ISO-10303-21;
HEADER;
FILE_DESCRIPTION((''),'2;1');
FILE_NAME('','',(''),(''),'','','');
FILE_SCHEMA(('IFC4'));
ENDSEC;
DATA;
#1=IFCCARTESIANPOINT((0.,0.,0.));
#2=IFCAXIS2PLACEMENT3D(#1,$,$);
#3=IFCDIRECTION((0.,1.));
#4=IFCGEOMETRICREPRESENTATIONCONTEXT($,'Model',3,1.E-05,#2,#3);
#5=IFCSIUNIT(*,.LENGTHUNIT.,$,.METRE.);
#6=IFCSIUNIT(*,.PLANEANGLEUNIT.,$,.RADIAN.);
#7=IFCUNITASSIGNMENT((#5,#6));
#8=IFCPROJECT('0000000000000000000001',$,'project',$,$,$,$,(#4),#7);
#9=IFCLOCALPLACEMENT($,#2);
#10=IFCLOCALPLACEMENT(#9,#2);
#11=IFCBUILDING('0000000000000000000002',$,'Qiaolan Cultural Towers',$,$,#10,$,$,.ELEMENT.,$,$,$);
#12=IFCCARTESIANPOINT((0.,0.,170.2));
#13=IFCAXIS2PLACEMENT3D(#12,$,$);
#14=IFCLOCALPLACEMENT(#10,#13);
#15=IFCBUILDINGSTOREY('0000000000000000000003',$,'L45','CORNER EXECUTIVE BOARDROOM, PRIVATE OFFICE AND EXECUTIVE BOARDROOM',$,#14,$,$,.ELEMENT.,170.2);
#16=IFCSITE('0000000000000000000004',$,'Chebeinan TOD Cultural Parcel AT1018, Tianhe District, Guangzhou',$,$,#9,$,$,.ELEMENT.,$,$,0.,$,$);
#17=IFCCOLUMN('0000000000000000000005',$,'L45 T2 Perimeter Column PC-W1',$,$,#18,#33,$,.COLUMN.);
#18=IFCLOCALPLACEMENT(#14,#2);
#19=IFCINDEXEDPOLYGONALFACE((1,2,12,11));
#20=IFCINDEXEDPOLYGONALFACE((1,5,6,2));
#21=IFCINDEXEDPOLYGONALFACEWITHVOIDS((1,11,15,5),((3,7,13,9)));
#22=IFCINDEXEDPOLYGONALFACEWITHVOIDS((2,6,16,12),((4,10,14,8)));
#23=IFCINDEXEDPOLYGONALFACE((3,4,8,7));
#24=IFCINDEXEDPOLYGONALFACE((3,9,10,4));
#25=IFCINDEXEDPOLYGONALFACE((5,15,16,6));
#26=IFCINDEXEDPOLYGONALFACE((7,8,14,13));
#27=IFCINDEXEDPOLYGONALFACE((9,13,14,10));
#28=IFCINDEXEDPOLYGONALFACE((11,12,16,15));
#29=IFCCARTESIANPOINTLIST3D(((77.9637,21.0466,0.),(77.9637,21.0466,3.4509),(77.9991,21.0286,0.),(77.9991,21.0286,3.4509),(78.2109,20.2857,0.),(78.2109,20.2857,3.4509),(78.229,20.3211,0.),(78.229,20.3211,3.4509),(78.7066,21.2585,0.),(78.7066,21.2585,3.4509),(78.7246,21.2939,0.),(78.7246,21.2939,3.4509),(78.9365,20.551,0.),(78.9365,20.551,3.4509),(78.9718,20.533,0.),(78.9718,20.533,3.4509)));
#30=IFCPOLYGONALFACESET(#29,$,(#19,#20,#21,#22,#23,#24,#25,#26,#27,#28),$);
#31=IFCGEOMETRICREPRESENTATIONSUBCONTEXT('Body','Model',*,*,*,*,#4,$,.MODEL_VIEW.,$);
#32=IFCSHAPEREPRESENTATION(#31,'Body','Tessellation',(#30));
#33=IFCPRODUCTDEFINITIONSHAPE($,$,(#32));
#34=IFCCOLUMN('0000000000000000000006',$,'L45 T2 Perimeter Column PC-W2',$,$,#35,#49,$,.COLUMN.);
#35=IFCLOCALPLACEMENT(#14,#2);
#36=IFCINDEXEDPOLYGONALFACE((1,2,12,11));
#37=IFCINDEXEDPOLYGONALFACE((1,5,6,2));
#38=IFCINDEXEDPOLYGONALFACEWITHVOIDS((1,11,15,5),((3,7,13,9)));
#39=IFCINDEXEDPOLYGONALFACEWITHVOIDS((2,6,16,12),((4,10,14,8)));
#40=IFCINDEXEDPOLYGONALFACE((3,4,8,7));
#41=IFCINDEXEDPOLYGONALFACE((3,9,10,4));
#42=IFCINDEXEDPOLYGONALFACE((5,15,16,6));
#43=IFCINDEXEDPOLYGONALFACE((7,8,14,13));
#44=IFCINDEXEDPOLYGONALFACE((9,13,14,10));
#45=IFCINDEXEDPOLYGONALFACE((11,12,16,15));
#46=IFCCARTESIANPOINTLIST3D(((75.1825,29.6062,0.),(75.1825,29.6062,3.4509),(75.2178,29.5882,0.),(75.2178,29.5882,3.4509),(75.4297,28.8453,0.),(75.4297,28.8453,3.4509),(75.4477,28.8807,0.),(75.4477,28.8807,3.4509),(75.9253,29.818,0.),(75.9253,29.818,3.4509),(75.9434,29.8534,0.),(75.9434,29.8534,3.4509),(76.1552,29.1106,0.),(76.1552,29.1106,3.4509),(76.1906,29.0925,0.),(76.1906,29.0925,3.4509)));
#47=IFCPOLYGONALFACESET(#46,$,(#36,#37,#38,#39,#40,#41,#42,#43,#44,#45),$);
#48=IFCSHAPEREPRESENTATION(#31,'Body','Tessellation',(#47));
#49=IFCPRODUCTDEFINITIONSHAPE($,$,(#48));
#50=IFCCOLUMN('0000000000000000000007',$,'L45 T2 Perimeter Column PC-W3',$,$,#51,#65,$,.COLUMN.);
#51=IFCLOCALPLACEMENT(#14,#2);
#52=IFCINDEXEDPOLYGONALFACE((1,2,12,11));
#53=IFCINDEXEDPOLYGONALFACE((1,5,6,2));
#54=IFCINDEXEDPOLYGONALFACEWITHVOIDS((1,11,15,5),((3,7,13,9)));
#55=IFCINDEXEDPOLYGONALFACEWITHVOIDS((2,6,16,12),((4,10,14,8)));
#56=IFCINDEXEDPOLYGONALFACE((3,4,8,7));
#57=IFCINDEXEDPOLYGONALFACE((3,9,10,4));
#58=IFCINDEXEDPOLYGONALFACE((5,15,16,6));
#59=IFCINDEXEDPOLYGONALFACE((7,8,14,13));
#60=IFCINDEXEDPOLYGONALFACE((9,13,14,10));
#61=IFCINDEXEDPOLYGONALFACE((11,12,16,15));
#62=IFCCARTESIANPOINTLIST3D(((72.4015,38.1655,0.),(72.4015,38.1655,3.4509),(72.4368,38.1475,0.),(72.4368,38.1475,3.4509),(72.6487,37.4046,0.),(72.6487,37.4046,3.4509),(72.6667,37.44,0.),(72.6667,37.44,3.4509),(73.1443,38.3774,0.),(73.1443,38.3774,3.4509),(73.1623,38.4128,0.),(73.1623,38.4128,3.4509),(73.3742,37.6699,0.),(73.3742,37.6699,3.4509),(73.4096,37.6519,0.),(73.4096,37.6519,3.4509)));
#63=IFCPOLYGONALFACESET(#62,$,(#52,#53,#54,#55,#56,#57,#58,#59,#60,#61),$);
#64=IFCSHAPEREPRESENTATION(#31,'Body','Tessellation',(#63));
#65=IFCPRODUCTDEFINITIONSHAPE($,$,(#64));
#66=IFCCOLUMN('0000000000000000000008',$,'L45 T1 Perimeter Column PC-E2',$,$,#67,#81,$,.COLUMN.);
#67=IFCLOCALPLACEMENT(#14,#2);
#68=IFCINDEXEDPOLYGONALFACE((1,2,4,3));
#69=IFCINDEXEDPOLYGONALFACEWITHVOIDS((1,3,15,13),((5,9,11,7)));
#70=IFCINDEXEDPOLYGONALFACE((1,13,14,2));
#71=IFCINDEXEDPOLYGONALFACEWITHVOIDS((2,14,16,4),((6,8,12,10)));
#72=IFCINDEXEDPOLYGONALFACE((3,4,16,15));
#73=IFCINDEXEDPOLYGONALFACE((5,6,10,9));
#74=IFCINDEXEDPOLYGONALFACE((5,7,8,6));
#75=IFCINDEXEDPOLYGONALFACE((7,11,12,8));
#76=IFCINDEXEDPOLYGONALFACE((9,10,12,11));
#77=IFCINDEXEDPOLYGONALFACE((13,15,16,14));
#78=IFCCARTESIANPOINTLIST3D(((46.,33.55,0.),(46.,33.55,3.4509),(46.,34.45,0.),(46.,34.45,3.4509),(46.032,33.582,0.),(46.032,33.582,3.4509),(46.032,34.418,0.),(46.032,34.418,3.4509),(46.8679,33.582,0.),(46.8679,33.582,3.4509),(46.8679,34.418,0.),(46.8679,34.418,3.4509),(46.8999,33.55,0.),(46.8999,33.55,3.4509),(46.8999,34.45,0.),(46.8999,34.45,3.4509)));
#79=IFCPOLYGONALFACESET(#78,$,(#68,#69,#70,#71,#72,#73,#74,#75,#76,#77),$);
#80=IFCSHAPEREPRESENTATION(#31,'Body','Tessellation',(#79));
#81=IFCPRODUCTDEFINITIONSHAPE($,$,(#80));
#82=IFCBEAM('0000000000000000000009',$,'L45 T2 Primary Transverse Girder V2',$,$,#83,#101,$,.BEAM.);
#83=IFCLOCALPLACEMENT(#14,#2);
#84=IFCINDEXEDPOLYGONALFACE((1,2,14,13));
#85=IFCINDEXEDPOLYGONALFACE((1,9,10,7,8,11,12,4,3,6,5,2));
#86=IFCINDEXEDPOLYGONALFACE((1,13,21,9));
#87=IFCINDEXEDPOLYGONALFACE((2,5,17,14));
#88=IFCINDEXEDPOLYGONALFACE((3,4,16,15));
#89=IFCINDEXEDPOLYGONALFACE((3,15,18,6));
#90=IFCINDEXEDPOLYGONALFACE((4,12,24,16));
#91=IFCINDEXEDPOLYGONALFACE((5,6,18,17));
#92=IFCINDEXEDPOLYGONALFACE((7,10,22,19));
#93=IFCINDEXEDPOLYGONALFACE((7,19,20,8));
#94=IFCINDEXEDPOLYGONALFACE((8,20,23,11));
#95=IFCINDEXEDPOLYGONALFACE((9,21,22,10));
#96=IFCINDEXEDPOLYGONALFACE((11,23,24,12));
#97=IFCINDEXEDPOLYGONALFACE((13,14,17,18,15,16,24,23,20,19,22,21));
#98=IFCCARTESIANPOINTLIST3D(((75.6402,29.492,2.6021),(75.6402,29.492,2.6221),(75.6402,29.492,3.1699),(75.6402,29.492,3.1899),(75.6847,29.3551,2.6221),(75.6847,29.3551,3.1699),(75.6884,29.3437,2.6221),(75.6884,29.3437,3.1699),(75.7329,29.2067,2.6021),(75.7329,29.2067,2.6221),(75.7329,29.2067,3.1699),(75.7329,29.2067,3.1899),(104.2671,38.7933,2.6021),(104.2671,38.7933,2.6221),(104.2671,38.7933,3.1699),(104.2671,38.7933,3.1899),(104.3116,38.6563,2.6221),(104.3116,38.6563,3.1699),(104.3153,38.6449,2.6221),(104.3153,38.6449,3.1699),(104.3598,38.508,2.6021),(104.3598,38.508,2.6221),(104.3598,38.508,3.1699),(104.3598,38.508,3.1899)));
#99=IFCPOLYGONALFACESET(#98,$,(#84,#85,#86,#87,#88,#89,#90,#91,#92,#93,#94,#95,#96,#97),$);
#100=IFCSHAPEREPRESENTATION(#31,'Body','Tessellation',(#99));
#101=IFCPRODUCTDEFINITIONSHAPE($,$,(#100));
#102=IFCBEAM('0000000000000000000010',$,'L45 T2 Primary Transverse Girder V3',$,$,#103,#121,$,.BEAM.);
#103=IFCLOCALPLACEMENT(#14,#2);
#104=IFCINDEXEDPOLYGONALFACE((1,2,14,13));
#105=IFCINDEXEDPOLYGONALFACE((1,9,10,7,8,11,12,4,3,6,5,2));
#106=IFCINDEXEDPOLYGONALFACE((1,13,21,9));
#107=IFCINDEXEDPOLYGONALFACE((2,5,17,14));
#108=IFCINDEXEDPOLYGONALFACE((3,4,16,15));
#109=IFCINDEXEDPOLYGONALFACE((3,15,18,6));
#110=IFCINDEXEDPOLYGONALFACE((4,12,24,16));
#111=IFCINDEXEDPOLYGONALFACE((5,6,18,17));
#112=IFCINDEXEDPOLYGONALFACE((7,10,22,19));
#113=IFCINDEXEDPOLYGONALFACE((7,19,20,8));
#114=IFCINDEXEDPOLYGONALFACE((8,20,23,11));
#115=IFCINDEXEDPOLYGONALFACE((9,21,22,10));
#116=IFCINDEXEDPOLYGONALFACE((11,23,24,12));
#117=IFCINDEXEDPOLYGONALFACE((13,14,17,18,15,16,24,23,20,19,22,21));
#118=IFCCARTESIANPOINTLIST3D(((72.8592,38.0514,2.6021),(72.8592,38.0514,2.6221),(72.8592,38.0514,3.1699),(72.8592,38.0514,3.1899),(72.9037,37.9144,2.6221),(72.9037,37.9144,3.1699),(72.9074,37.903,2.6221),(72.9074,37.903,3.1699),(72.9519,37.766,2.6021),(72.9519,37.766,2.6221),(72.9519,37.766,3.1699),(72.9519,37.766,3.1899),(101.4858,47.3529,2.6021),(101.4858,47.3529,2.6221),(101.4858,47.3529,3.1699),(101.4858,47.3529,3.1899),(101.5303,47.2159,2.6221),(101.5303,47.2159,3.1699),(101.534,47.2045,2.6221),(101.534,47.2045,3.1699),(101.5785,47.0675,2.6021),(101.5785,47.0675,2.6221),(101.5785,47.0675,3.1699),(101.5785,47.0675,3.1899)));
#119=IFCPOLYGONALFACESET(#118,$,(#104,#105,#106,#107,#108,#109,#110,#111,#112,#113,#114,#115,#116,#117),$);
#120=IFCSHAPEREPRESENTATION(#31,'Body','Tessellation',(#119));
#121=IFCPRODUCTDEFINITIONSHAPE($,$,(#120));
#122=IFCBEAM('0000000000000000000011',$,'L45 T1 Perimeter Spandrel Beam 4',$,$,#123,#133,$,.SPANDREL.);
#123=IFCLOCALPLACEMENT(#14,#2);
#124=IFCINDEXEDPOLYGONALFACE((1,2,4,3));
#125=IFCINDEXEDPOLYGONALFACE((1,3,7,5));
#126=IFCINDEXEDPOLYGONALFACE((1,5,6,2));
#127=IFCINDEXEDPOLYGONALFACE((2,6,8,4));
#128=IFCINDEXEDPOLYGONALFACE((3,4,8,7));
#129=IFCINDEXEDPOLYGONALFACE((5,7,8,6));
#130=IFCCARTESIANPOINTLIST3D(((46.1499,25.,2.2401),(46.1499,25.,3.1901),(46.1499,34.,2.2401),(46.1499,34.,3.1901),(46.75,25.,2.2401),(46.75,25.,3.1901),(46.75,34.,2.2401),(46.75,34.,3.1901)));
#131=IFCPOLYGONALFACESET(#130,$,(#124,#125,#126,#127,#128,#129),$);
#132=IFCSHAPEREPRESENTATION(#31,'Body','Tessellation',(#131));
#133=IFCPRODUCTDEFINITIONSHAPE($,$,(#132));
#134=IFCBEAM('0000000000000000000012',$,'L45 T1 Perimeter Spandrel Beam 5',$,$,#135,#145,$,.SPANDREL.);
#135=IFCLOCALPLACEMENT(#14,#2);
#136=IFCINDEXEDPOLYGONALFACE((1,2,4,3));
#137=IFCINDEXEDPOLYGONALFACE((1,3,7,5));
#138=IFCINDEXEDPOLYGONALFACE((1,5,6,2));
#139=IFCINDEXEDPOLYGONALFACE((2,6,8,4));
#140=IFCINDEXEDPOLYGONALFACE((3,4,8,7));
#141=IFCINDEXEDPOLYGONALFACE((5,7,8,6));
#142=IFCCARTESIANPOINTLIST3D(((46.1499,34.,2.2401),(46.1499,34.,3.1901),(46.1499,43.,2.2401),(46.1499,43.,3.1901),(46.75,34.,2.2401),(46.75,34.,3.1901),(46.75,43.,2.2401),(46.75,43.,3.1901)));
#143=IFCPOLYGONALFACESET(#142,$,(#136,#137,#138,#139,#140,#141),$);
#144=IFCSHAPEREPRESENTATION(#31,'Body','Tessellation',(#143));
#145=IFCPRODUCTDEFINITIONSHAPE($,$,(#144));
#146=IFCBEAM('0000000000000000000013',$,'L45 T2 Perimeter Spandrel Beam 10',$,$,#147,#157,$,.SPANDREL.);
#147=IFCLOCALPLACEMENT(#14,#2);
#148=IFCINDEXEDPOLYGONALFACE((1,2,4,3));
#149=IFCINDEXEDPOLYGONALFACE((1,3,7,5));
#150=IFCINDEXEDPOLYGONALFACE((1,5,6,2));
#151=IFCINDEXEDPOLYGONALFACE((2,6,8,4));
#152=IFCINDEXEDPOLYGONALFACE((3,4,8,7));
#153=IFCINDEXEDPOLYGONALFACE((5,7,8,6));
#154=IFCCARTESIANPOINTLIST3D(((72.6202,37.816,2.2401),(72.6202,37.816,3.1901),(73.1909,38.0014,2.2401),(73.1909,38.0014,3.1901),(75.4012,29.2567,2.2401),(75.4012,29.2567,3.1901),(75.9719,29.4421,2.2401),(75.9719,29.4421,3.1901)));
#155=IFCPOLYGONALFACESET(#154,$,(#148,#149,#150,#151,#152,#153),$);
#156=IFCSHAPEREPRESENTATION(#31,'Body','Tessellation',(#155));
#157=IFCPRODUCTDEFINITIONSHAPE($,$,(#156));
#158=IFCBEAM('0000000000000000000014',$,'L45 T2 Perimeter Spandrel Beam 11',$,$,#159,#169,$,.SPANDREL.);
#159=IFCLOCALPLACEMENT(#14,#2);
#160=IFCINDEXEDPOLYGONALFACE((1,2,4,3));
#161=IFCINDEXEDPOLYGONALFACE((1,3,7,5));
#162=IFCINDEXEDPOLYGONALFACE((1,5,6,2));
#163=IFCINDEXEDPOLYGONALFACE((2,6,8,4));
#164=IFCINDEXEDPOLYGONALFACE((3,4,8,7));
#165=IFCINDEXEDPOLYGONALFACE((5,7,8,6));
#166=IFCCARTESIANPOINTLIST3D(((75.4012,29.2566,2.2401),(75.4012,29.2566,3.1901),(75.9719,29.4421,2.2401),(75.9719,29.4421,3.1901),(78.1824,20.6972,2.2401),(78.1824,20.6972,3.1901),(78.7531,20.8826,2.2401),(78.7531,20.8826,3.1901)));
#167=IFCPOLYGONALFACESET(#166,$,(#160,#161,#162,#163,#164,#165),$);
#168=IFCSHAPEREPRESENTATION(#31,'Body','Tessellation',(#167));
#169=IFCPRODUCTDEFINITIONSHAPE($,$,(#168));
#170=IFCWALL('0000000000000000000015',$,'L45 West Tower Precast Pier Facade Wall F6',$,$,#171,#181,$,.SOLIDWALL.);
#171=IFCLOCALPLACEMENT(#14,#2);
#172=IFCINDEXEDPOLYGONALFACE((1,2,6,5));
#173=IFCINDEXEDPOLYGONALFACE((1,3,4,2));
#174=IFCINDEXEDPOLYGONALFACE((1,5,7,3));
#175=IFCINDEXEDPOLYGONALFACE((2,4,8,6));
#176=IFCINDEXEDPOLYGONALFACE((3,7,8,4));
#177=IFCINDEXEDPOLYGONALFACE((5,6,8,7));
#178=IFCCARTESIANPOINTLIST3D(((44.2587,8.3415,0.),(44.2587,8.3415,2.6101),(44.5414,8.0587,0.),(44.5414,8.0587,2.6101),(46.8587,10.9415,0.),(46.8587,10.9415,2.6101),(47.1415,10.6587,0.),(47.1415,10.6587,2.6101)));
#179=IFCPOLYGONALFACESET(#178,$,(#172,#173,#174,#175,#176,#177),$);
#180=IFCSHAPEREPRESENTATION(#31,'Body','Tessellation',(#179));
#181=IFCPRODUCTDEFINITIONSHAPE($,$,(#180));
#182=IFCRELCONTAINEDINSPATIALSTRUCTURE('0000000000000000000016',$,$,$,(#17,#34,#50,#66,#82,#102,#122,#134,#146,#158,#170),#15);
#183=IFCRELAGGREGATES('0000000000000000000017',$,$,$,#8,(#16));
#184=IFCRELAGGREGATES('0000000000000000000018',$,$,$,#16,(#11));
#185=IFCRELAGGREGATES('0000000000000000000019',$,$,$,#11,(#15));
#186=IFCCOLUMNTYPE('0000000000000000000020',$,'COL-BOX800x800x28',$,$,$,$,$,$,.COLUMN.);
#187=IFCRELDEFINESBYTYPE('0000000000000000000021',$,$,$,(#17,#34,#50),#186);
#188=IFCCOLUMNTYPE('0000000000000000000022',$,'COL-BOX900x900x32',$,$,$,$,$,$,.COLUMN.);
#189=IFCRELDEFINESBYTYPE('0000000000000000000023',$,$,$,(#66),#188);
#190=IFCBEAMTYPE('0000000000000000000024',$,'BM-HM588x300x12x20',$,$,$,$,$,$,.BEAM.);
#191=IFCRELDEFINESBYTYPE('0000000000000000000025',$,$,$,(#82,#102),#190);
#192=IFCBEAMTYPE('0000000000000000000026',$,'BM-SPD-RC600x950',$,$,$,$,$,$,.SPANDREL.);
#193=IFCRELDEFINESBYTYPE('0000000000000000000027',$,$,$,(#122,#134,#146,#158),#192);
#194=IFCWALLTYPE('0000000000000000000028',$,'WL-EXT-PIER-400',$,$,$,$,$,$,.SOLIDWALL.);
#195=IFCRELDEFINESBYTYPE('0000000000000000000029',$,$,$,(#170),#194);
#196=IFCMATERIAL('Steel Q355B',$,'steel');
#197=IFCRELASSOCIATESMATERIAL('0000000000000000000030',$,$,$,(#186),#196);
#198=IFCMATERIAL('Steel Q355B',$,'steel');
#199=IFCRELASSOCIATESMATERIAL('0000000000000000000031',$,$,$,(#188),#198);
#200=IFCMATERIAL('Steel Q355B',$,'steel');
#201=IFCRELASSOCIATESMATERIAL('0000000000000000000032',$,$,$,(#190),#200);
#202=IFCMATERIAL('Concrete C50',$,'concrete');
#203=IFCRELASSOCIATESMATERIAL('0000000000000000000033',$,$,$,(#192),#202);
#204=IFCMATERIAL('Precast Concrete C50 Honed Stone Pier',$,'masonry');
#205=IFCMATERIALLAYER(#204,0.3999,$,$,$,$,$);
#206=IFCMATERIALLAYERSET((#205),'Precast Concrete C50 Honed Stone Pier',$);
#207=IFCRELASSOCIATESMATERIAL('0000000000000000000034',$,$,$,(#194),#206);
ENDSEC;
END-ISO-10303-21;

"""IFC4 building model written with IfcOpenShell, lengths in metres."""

from ifc_helpers import new_model, si_unit, direction, frame, frame_2d, origin, origin_2d, place, context, subcontext, project, spatial, rectangle, hollow_rectangle, i_section, extrude, material, layer, layer_set, material_profile, profile_set, type_object, element, save


model = new_model("IFC4")

# Units and contexts
model_context = context("Model", 3, precision=1e-05, world=origin(), true_north=direction((0.0, 1.0)))
body_context = subcontext(model_context, "Body", "Model", "MODEL_VIEW")
ifc_project = project(units=[si_unit("LENGTHUNIT", "METRE"), si_unit("PLANEANGLEUNIT", "RADIAN")], contexts=[model_context])

# Site, building, storey
site_placement = place(None, origin())
site = spatial("IfcSite", under=ifc_project, at=site_placement, Name="Chebeinan TOD Cultural Parcel AT1018, Tianhe District, Guangzhou", CompositionType="ELEMENT", RefElevation=0.0)
building_placement = place(site_placement, origin())
building = spatial("IfcBuilding", under=site, at=building_placement, Name="Qiaolan Cultural Towers", CompositionType="ELEMENT")
storey_placement = place(building_placement, frame((0.0, 0.0, 170.2)))
storey = spatial("IfcBuildingStorey", under=building, at=storey_placement, Name="L45", Description="CORNER EXECUTIVE BOARDROOM, PRIVATE OFFICE AND EXECUTIVE BOARDROOM", CompositionType="ELEMENT", Elevation=170.2)

# Columns
ifc_material_1 = material(Name="Steel Q355B", Category="steel")
ifc_material_profile_1 = material_profile(ifc_material_1, hollow_rectangle(XDim=0.8, YDim=0.8, WallThickness=0.0281, at=origin_2d()), Name="BOX800x800x28")
ifc_profile_set_1 = profile_set([ifc_material_profile_1], Name="Steel Q355B")
column_type_1 = type_object("IfcColumnType", Name="COL-BOX800x800x28", PredefinedType="COLUMN", material=ifc_profile_set_1)
for number, where, z_axis, x_axis, name in (
    (1, (78.4678, 20.7898, 0.0), (0.0, 0.0, 1.0), (0.951057, 0.309017, 0.0), "L45 T2 Perimeter Column PC-W1"),
    (2, (75.6865, 29.3494, 0.0), (0.0, 0.0, 1.0), (0.951057, 0.309017, 0.0), "L45 T2 Perimeter Column PC-W2"),
    (3, (72.9055, 37.9087, 0.0), (0.0, 0.0, 1.0), (0.951057, 0.309017, 0.0), "L45 T2 Perimeter Column PC-W3"),
):
    element("IfcColumn", number, at=place(storey_placement, frame(where, z_axis=z_axis, x_axis=x_axis)), inside=storey, type_object=column_type_1, Name=name, PredefinedType="COLUMN", context=body_context, shape_type="SweptSolid", body=[
        extrude(hollow_rectangle(XDim=0.8, YDim=0.8, WallThickness=0.0281, at=origin_2d()), origin(), (0.0, 0.0, 1.0), 3.4509),
    ])
ifc_material_2 = material(Name="Steel Q355B", Category="steel")
ifc_material_profile_2 = material_profile(ifc_material_2, hollow_rectangle(XDim=0.8999, YDim=0.8999, WallThickness=0.032, at=origin_2d()), Name="BOX900x900x32")
ifc_profile_set_2 = profile_set([ifc_material_profile_2], Name="Steel Q355B")
column_type_2 = type_object("IfcColumnType", Name="COL-BOX900x900x32", PredefinedType="COLUMN", material=ifc_profile_set_2)
column_placement = place(storey_placement, frame((46.45, 34.0, 0.0), z_axis=(0.0, 0.0, 1.0), x_axis=(1.0, 0.0, 0.0)))
element("IfcColumn", 4, at=column_placement, inside=storey, type_object=column_type_2, Name="L45 T1 Perimeter Column PC-E2", PredefinedType="COLUMN", context=body_context, shape_type="SweptSolid", body=[
    extrude(hollow_rectangle(XDim=0.8999, YDim=0.8999, WallThickness=0.032, at=origin_2d()), origin(), (0.0, 0.0, 1.0), 3.4509),
])

# Beams
ifc_material_3 = material(Name="Steel Q355B", Category="steel")
ifc_material_profile_3 = material_profile(ifc_material_3, i_section(OverallWidth=0.3, OverallDepth=0.5879, WebThickness=0.012, FlangeThickness=0.02, at=origin_2d()), Name="HM588x300x12x20")
ifc_profile_set_3 = profile_set([ifc_material_profile_3], Name="Steel Q355B")
beam_type_1 = type_object("IfcBeamType", Name="BM-HM588x300x12x20", PredefinedType="BEAM", material=ifc_profile_set_3)
beam_1_placement = place(storey_placement, frame((75.6865, 29.3494, 2.896), z_axis=(0.951058, 0.309011, 0.0), x_axis=(-0.309011, 0.951058, 0.0)))
element("IfcBeam", 5, at=beam_1_placement, inside=storey, type_object=beam_type_1, Name="L45 T2 Primary Transverse Girder V2", PredefinedType="BEAM", context=body_context, shape_type="SweptSolid", body=[
    extrude(i_section(OverallWidth=0.3, OverallDepth=0.5879, WebThickness=0.012, FlangeThickness=0.02, at=origin_2d()), origin(), (0.0, 0.0, 1.0), 30.1001),
])
beam_2_placement = place(storey_placement, frame((72.9055, 37.9087, 2.896), z_axis=(0.951055, 0.309021, 0.0), x_axis=(-0.309021, 0.951055, 0.0)))
element("IfcBeam", 6, at=beam_2_placement, inside=storey, type_object=beam_type_1, Name="L45 T2 Primary Transverse Girder V3", PredefinedType="BEAM", context=body_context, shape_type="SweptSolid", body=[
    extrude(i_section(OverallWidth=0.3, OverallDepth=0.5879, WebThickness=0.012, FlangeThickness=0.02, at=origin_2d()), origin(), (0.0, 0.0, 1.0), 30.0999),
])
ifc_material_4 = material(Name="Concrete C50", Category="concrete")
ifc_material_profile_4 = material_profile(ifc_material_4, rectangle(XDim=0.6001, YDim=0.95, at=origin_2d()), Name="RC600x950")
ifc_profile_set_4 = profile_set([ifc_material_profile_4], Name="Concrete C50")
beam_type_2 = type_object("IfcBeamType", Name="BM-SPD-RC600x950", PredefinedType="SPANDREL", material=ifc_profile_set_4)
for number, where, z_axis, x_axis, name in (
    (7, (46.45, 25.0, 2.7151), (0.0, 1.0, 0.0), (-1.0, 0.0, 0.0), "L45 T1 Perimeter Spandrel Beam 4"),
    (8, (46.45, 34.0, 2.7151), (0.0, 1.0, 0.0), (-1.0, 0.0, 0.0), "L45 T1 Perimeter Spandrel Beam 5"),
):
    element("IfcBeam", number, at=place(storey_placement, frame(where, z_axis=z_axis, x_axis=x_axis)), inside=storey, type_object=beam_type_2, Name=name, PredefinedType="SPANDREL", context=body_context, shape_type="SweptSolid", body=[
        extrude(rectangle(XDim=0.6001, YDim=0.95, at=origin_2d()), origin(), (0.0, 0.0, 1.0), 9.0),
    ])
beam_3_placement = place(storey_placement, frame((72.9055, 37.9087, 2.7151), z_axis=(0.309008, -0.951059, 0.0), x_axis=(0.951059, 0.309008, 0.0)))
element("IfcBeam", 9, at=beam_3_placement, inside=storey, type_object=beam_type_2, Name="L45 T2 Perimeter Spandrel Beam 10", PredefinedType="SPANDREL", context=body_context, shape_type="SweptSolid", body=[
    extrude(rectangle(XDim=0.6001, YDim=0.95, at=origin_2d()), origin(), (0.0, 0.0, 1.0), 8.9998),
])
beam_4_placement = place(storey_placement, frame((75.6865, 29.3494, 2.7151), z_axis=(0.309025, -0.951054, 0.0), x_axis=(0.951054, 0.309025, 0.0)))
element("IfcBeam", 10, at=beam_4_placement, inside=storey, type_object=beam_type_2, Name="L45 T2 Perimeter Spandrel Beam 11", PredefinedType="SPANDREL", context=body_context, shape_type="SweptSolid", body=[
    extrude(rectangle(XDim=0.6001, YDim=0.95, at=origin_2d()), origin(), (0.0, 0.0, 1.0), 9.0),
])

# Wall
ifc_material_5 = material(Name="Precast Concrete C50 Honed Stone Pier", Category="masonry")
ifc_layer_1 = layer(ifc_material_5, 0.3999)
ifc_layer_set_1 = layer_set([ifc_layer_1], Name="Precast Concrete C50 Honed Stone Pier")
wall_type_1 = type_object("IfcWallType", Name="WL-EXT-PIER-400", PredefinedType="SOLIDWALL", material=ifc_layer_set_1)
wall_1_placement = place(storey_placement, frame((47.0, 10.8, 0.0), z_axis=(0.0, 0.0, 1.0), x_axis=(-0.707107, -0.707107, 0.0)))
element("IfcWall", 11, at=wall_1_placement, inside=storey, type_object=wall_type_1, Name="L45 West Tower Precast Pier Facade Wall F6", PredefinedType="SOLIDWALL", context=body_context, shape_type="SweptSolid", body=[
    extrude(rectangle(XDim=3.677, YDim=0.3999, at=frame_2d((1.8384, 0.0))), origin(), (0.0, 0.0, 1.0), 2.6101),
])

save(model, "model.ifc")
